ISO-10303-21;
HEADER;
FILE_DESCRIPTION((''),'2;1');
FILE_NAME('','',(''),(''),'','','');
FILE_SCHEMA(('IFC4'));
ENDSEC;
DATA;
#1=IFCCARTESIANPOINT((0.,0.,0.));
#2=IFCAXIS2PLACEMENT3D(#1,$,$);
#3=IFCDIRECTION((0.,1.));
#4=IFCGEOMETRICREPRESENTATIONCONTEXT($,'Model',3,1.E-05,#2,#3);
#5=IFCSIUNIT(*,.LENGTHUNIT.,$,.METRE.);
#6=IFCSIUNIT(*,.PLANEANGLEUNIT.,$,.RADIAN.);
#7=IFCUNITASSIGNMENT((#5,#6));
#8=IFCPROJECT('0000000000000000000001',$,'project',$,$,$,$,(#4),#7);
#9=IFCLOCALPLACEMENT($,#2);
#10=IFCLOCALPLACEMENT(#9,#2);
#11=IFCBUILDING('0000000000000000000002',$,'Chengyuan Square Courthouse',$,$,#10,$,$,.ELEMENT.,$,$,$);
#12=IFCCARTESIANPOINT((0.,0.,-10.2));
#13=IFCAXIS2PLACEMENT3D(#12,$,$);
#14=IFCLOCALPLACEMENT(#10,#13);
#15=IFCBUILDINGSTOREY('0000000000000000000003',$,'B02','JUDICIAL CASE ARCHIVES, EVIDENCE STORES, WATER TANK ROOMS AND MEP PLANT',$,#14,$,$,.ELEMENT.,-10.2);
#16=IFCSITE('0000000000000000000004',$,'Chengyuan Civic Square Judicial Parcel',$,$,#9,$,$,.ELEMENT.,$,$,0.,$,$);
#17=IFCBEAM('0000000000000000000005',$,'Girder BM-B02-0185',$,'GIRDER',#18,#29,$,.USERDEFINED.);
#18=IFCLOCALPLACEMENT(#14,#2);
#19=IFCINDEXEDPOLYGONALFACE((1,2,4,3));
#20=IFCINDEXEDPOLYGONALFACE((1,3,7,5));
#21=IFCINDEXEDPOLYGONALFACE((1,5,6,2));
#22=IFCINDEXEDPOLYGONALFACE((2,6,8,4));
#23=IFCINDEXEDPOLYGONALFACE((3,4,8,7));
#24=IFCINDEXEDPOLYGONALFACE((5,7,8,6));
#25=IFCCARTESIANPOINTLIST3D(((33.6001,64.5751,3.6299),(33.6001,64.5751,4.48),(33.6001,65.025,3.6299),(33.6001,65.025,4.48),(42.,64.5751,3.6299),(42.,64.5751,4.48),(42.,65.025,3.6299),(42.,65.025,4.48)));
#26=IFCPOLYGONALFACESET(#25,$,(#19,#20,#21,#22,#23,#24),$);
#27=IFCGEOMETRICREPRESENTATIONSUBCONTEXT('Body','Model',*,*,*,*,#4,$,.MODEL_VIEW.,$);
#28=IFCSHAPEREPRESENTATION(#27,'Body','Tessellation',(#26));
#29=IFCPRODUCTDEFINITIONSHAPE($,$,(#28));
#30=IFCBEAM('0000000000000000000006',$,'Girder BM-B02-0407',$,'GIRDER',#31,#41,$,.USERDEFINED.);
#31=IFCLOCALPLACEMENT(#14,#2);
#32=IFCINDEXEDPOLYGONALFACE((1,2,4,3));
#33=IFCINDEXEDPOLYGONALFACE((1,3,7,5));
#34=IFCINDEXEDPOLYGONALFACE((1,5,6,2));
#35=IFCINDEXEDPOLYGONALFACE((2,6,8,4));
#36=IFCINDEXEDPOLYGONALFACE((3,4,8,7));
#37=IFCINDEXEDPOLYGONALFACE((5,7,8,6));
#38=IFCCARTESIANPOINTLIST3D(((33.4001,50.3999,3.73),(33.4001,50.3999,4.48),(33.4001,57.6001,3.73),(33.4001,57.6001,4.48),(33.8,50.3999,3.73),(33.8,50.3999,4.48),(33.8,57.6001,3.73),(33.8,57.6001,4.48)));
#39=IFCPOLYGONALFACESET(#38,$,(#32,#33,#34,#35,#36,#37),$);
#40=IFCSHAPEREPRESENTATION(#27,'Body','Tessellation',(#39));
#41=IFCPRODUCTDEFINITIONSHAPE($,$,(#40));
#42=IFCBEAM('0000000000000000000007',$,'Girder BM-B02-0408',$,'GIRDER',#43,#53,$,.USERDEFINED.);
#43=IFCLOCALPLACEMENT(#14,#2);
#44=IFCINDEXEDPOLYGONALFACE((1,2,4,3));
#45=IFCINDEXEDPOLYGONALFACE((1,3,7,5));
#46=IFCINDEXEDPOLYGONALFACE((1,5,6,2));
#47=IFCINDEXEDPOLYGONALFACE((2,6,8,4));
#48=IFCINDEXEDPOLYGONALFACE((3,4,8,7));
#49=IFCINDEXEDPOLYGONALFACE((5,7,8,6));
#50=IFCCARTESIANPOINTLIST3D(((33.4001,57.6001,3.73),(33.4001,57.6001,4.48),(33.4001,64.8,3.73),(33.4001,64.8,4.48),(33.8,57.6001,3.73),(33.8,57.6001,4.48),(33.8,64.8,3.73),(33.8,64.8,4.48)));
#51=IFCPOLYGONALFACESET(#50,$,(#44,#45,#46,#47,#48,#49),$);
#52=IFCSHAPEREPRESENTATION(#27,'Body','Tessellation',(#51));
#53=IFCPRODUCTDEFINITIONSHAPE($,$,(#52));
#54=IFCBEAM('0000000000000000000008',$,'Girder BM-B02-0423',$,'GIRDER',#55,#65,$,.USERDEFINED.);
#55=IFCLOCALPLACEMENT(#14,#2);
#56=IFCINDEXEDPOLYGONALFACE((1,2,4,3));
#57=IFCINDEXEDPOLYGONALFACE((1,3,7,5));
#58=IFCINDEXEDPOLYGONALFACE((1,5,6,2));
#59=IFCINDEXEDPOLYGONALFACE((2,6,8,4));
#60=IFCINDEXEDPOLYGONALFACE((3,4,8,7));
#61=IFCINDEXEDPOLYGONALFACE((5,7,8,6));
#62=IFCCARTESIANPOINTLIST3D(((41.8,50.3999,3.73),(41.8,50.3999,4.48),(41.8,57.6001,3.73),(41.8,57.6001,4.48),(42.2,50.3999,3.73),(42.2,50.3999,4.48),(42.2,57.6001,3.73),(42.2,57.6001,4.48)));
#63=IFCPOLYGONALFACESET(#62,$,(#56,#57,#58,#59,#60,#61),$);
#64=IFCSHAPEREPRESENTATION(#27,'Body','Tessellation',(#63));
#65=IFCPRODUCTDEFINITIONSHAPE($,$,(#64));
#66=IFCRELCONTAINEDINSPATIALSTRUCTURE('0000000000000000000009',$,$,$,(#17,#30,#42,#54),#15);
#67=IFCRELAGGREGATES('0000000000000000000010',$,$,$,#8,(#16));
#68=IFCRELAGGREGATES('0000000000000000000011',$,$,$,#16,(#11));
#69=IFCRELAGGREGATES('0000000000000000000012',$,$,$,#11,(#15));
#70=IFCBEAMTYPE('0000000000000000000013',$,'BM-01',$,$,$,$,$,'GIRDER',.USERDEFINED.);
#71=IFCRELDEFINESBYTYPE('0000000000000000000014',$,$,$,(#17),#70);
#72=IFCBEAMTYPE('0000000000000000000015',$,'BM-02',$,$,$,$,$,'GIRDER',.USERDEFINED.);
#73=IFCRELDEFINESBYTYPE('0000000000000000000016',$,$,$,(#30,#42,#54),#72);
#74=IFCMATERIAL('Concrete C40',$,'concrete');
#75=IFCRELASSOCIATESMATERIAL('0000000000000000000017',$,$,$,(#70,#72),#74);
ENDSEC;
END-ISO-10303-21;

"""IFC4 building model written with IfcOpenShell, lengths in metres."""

from ifc_helpers import new_model, si_unit, direction, frame, origin, origin_2d, place, context, subcontext, project, spatial, rectangle, extrude, material, material_profile, profile_set, type_object, element, save


model = new_model("IFC4")

# Units and contexts
model_context = context("Model", 3, precision=1e-05, world=origin(), true_north=direction((0.0, 1.0)))
body_context = subcontext(model_context, "Body", "Model", "MODEL_VIEW")
ifc_project = project(units=[si_unit("LENGTHUNIT", "METRE"), si_unit("PLANEANGLEUNIT", "RADIAN")], contexts=[model_context])

# Site, building, storey
site_placement = place(None, origin())
site = spatial("IfcSite", under=ifc_project, at=site_placement, Name="Chengyuan Civic Square Judicial Parcel", CompositionType="ELEMENT", RefElevation=0.0)
building_placement = place(site_placement, origin())
building = spatial("IfcBuilding", under=site, at=building_placement, Name="Chengyuan Square Courthouse", CompositionType="ELEMENT")
storey_placement = place(building_placement, frame((0.0, 0.0, -10.2)))
storey = spatial("IfcBuildingStorey", under=building, at=storey_placement, Name="B02", Description="JUDICIAL CASE ARCHIVES, EVIDENCE STORES, WATER TANK ROOMS AND MEP PLANT", CompositionType="ELEMENT", Elevation=-10.2)

# Shared definitions
ifc_material_1 = material(Name="Concrete C40", Category="concrete")

# Beams
ifc_material_profile_1 = material_profile(ifc_material_1, rectangle(XDim=0.45, YDim=0.8501, at=origin_2d()), Name="RC-BM-450x850")
ifc_profile_set_1 = profile_set([ifc_material_profile_1], Name="Concrete C40")
beam_type_1 = type_object("IfcBeamType", Name="BM-01", ElementType="GIRDER", PredefinedType="USERDEFINED", material=ifc_profile_set_1)
for number, where, z_axis, x_axis, name in (
    (1, (33.6001, 64.8, 4.0549), (1.0, 0.0, 0.0), (0.0, 1.0, 0.0), "Girder BM-B02-0185"),
):
    element("IfcBeam", number, at=place(storey_placement, frame(where, z_axis=z_axis, x_axis=x_axis)), inside=storey, type_object=beam_type_1, Name=name, ObjectType="GIRDER", PredefinedType="USERDEFINED", context=body_context, shape_type="SweptSolid", body=[
        extrude(rectangle(XDim=0.45, YDim=0.8501, at=origin_2d()), origin(), (0.0, 0.0, 1.0), 8.3999),
    ])
ifc_material_profile_2 = material_profile(ifc_material_1, rectangle(XDim=0.3999, YDim=0.75, at=origin_2d()), Name="RC-BM-400x750")
ifc_profile_set_2 = profile_set([ifc_material_profile_2], Name="Concrete C40")
beam_type_2 = type_object("IfcBeamType", Name="BM-02", ElementType="GIRDER", PredefinedType="USERDEFINED", material=ifc_profile_set_2)
beam_1_placement = place(storey_placement, frame((33.6001, 50.3999, 4.105), z_axis=(0.0, 1.0, 0.0), x_axis=(-1.0, 0.0, 0.0)))
element("IfcBeam", 2, at=beam_1_placement, inside=storey, type_object=beam_type_2, Name="Girder BM-B02-0407", ObjectType="GIRDER", PredefinedType="USERDEFINED", context=body_context, shape_type="SweptSolid", body=[
    extrude(rectangle(XDim=0.3999, YDim=0.75, at=origin_2d()), origin(), (0.0, 0.0, 1.0), 7.2002),
])
beam_2_placement = place(storey_placement, frame((33.6001, 57.6001, 4.105), z_axis=(0.0, 1.0, 0.0), x_axis=(-1.0, 0.0, 0.0)))
element("IfcBeam", 3, at=beam_2_placement, inside=storey, type_object=beam_type_2, Name="Girder BM-B02-0408", ObjectType="GIRDER", PredefinedType="USERDEFINED", context=body_context, shape_type="SweptSolid", body=[
    extrude(rectangle(XDim=0.3999, YDim=0.75, at=origin_2d()), origin(), (0.0, 0.0, 1.0), 7.2),
])
beam_3_placement = place(storey_placement, frame((42.0, 50.3999, 4.105), z_axis=(0.0, 1.0, 0.0), x_axis=(-1.0, 0.0, 0.0)))
element("IfcBeam", 4, at=beam_3_placement, inside=storey, type_object=beam_type_2, Name="Girder BM-B02-0423", ObjectType="GIRDER", PredefinedType="USERDEFINED", context=body_context, shape_type="SweptSolid", body=[
    extrude(rectangle(XDim=0.3999, YDim=0.75, at=origin_2d()), origin(), (0.0, 0.0, 1.0), 7.2002),
])

save(model, "model.ifc")
